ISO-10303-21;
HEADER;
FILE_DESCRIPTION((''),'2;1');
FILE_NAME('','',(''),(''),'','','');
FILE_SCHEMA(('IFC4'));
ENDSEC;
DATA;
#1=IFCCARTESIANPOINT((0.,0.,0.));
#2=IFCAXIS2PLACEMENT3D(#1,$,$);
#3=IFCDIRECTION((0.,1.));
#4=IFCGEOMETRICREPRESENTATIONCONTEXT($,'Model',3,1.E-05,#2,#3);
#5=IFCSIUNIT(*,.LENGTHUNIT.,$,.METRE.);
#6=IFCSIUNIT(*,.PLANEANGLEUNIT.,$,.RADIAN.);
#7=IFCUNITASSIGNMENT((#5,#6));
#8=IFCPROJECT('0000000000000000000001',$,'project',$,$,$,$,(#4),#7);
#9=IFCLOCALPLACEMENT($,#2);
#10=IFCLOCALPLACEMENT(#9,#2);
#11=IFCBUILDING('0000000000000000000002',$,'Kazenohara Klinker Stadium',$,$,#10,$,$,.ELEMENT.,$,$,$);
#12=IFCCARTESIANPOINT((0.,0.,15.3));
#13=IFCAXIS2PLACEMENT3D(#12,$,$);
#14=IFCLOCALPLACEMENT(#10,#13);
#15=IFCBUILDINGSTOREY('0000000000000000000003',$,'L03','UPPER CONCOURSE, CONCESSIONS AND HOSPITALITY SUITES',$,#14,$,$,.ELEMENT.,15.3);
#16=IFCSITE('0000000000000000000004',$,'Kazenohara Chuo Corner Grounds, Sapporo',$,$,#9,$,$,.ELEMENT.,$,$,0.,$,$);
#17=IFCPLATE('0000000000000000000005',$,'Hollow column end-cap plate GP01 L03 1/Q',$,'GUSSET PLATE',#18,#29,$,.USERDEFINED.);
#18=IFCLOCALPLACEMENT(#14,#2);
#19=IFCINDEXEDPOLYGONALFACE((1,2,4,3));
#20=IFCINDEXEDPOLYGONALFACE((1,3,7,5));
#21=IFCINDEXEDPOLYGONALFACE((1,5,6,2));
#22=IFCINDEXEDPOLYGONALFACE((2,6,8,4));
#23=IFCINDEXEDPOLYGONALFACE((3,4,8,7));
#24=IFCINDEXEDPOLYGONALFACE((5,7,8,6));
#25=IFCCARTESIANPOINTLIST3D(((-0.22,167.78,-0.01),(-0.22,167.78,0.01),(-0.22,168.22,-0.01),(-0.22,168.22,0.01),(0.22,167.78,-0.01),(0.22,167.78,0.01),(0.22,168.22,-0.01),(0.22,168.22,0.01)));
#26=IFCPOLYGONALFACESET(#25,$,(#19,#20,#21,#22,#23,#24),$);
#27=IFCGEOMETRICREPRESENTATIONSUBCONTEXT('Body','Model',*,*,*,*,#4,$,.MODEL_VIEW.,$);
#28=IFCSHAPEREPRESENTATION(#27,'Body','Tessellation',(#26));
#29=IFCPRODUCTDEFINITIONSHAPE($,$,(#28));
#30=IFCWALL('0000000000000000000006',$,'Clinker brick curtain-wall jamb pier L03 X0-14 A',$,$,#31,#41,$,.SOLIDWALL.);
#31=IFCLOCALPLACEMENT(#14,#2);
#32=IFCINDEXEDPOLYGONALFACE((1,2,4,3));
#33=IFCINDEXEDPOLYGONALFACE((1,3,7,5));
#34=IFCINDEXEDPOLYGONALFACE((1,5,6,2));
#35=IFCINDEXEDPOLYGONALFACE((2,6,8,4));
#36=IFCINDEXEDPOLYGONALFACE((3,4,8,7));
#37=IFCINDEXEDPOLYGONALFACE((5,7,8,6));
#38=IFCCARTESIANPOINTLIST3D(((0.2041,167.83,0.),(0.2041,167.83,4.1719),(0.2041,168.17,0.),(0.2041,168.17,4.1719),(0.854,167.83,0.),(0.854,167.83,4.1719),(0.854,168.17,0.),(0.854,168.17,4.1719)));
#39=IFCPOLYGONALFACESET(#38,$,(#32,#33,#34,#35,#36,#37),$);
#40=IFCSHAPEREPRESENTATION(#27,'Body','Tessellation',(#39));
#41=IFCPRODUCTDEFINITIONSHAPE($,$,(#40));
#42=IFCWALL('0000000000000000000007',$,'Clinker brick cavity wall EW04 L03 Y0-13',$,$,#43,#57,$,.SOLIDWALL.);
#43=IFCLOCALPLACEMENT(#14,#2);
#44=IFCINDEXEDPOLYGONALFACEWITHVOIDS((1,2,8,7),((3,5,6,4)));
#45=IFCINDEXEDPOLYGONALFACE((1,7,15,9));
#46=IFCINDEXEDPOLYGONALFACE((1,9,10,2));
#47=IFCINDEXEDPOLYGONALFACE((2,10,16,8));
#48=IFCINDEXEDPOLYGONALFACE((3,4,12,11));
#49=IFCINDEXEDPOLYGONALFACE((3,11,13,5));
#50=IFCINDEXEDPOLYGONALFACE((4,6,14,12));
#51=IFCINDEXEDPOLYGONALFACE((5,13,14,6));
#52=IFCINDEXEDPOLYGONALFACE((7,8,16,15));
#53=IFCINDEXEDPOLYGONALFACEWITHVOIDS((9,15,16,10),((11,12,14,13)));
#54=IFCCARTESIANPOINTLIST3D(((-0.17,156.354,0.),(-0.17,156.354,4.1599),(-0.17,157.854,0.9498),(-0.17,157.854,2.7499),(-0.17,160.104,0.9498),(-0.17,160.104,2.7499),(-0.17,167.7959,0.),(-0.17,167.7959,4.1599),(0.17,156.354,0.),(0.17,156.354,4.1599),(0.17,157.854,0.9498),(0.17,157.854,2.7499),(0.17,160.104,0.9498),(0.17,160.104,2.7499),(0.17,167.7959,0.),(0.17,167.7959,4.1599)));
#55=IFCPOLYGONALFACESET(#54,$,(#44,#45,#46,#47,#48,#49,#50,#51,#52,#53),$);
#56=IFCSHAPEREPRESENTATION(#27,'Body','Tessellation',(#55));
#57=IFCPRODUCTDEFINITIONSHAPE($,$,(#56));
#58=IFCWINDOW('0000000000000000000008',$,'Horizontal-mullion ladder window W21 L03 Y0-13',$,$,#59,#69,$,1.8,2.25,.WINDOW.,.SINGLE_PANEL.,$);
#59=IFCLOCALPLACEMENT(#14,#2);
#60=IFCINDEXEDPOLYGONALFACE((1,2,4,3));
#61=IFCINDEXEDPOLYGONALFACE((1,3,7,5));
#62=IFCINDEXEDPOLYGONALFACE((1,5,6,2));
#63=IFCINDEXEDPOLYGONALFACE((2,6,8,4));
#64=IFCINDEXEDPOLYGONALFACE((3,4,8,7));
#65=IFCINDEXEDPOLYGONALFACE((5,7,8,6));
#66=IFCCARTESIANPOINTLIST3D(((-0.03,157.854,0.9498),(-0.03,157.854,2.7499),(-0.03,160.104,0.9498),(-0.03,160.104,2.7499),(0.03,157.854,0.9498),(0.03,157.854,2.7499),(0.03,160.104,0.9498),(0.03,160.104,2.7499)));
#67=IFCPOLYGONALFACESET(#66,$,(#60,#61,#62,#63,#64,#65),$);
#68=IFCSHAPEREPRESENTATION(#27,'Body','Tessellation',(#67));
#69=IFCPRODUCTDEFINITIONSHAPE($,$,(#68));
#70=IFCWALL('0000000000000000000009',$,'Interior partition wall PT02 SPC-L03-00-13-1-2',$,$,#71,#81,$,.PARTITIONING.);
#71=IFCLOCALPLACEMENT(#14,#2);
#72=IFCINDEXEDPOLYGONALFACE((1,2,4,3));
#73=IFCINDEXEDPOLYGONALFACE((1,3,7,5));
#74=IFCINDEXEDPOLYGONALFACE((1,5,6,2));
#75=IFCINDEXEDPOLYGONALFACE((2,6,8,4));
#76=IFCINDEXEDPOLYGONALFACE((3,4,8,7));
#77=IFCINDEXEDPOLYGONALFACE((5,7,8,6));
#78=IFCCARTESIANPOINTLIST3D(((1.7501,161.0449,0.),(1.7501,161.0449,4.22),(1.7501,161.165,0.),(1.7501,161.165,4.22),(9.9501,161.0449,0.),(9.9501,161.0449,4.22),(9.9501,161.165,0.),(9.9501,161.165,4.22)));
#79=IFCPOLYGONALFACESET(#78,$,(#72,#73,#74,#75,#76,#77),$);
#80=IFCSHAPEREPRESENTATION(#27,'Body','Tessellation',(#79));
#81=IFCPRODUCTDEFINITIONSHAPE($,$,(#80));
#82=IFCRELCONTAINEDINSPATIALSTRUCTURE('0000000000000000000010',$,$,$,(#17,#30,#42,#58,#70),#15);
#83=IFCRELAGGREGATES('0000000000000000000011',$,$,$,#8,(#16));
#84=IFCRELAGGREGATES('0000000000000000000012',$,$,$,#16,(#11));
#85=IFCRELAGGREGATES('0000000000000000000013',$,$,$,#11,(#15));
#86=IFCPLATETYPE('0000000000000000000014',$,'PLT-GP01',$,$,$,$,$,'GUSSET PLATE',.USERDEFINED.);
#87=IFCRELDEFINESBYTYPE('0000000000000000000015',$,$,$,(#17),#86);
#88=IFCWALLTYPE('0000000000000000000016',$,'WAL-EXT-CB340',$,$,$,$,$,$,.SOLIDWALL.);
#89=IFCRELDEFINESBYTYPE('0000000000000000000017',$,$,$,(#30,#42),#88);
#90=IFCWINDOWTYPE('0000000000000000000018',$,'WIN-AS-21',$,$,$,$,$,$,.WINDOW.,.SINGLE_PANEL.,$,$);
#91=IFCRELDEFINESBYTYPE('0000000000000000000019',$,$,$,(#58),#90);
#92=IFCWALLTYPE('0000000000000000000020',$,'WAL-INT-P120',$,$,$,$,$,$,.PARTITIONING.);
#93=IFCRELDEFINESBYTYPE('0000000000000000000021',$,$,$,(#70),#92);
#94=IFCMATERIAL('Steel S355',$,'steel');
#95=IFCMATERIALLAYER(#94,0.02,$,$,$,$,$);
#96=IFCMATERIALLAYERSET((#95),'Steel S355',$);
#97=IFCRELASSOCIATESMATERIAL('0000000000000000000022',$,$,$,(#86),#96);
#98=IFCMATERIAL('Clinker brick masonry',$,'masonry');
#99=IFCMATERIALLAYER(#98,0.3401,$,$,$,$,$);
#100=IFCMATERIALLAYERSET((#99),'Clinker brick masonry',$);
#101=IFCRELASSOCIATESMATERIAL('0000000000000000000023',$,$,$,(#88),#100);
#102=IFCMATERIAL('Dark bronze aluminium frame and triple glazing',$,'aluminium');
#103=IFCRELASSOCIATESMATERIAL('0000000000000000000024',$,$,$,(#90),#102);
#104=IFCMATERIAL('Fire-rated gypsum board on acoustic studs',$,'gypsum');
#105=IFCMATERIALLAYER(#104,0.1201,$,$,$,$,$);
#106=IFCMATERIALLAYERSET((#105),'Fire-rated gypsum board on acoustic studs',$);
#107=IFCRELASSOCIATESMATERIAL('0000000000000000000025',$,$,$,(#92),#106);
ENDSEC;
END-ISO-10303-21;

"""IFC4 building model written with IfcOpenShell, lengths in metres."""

from ifc_helpers import new_model, si_unit, direction, frame, frame_2d, origin, origin_2d, place, context, subcontext, project, spatial, rectangle, extrude, material, layer, layer_set, type_object, element, fill, save


model = new_model("IFC4")

# Units and contexts
model_context = context("Model", 3, precision=1e-05, world=origin(), true_north=direction((0.0, 1.0)))
body_context = subcontext(model_context, "Body", "Model", "MODEL_VIEW")
ifc_project = project(units=[si_unit("LENGTHUNIT", "METRE"), si_unit("PLANEANGLEUNIT", "RADIAN")], contexts=[model_context])

# Site, building, storey
site_placement = place(None, origin())
site = spatial("IfcSite", under=ifc_project, at=site_placement, Name="Kazenohara Chuo Corner Grounds, Sapporo", CompositionType="ELEMENT", RefElevation=0.0)
building_placement = place(site_placement, origin())
building = spatial("IfcBuilding", under=site, at=building_placement, Name="Kazenohara Klinker Stadium", CompositionType="ELEMENT")
storey_placement = place(building_placement, frame((0.0, 0.0, 15.3)))
storey = spatial("IfcBuildingStorey", under=building, at=storey_placement, Name="L03", Description="UPPER CONCOURSE, CONCESSIONS AND HOSPITALITY SUITES", CompositionType="ELEMENT", Elevation=15.3)

# Shared definitions
ifc_material_1 = material(Name="Steel S355", Category="steel")

# Plate
ifc_layer_1 = layer(ifc_material_1, 0.02)
ifc_layer_set_1 = layer_set([ifc_layer_1], Name="Steel S355")
plate_type_1 = type_object("IfcPlateType", Name="PLT-GP01", ElementType="GUSSET PLATE", PredefinedType="USERDEFINED", material=ifc_layer_set_1)
plate_1_placement = place(storey_placement, frame((0.0, 168.0, -0.01), z_axis=(0.0, 0.0, 1.0), x_axis=(1.0, 0.0, 0.0)))
element("IfcPlate", 1, at=plate_1_placement, inside=storey, type_object=plate_type_1, Name="Hollow column end-cap plate GP01 L03 1/Q", ObjectType="GUSSET PLATE", PredefinedType="USERDEFINED", context=body_context, shape_type="SweptSolid", body=[
    extrude(rectangle(XDim=0.4399, YDim=0.4399, at=origin_2d()), origin(), (0.0, 0.0, 1.0), 0.02),
])

# Wall
ifc_material_2 = material(Name="Clinker brick masonry", Category="masonry")
ifc_layer_2 = layer(ifc_material_2, 0.3401)
ifc_layer_set_2 = layer_set([ifc_layer_2], Name="Clinker brick masonry")
wall_type_1 = type_object("IfcWallType", Name="WAL-EXT-CB340", PredefinedType="SOLIDWALL", material=ifc_layer_set_2)
wall_1_placement = place(storey_placement, frame((0.2041, 168.0, 0.0), z_axis=(0.0, 0.0, 1.0), x_axis=(1.0, 0.0, 0.0)))
element("IfcWall", 2, at=wall_1_placement, inside=storey, type_object=wall_type_1, Name="Clinker brick curtain-wall jamb pier L03 X0-14 A", PredefinedType="SOLIDWALL", context=body_context, shape_type="SweptSolid", body=[
    extrude(rectangle(XDim=0.6499, YDim=0.3401, at=frame_2d((0.325, 0.0))), origin(), (0.0, 0.0, 1.0), 4.1719),
])

# Wall, opening, window
wall_2_placement = place(storey_placement, frame((0.0, 156.354, 0.0), z_axis=(0.0, 0.0, 1.0), x_axis=(0.0, 1.0, 0.0)))
wall_2 = element("IfcWall", 3, at=wall_2_placement, inside=storey, type_object=wall_type_1, Name="Clinker brick cavity wall EW04 L03 Y0-13", PredefinedType="SOLIDWALL", context=body_context, shape_type="SweptSolid", body=[
    extrude(rectangle(XDim=11.4419, YDim=0.3401, at=frame_2d((5.7209, 0.0))), origin(), (0.0, 0.0, 1.0), 4.1599),
])
opening_placement = place(wall_2_placement, frame((1.5, 0.0, 0.95)))
opening = element("IfcOpeningElement", 4, at=opening_placement, cuts=wall_2, PredefinedType="OPENING", context=body_context, shape_type="SweptSolid", body=[
    extrude(rectangle(XDim=2.25, YDim=1.8, at=frame_2d((1.125, 0.8999))), frame((0.0, 0.1802, 0.0), z_axis=(0.0, -1.0, 0.0), x_axis=(1.0, 0.0, 0.0)), (0.0, 0.0, 1.0), 0.3601),
])
ifc_material_3 = material(Name="Dark bronze aluminium frame and triple glazing", Category="aluminium")
window_type = type_object("IfcWindowType", Name="WIN-AS-21", PartitioningType="SINGLE_PANEL", PredefinedType="WINDOW", material=ifc_material_3)
window_placement = place(opening_placement, origin())
window = element("IfcWindow", 5, at=window_placement, inside=storey, type_object=window_type, Name="Horizontal-mullion ladder window W21 L03 Y0-13", OverallHeight=1.8, OverallWidth=2.25, PartitioningType="SINGLE_PANEL", PredefinedType="WINDOW", context=body_context, shape_type="SweptSolid", body=[
    extrude(rectangle(XDim=2.25, YDim=1.8, at=frame_2d((1.125, 0.8999))), frame((0.0, 0.03, 0.0), z_axis=(0.0, -1.0, 0.0), x_axis=(1.0, 0.0, 0.0)), (0.0, 0.0, 1.0), 0.0601),
])
fill(opening, window)

# Wall
ifc_material_4 = material(Name="Fire-rated gypsum board on acoustic studs", Category="gypsum")
ifc_layer_3 = layer(ifc_material_4, 0.1201)
ifc_layer_set_3 = layer_set([ifc_layer_3], Name="Fire-rated gypsum board on acoustic studs")
wall_type_2 = type_object("IfcWallType", Name="WAL-INT-P120", PredefinedType="PARTITIONING", material=ifc_layer_set_3)
wall_3_placement = place(storey_placement, frame((1.75, 161.105, 0.0), z_axis=(0.0, 0.0, 1.0), x_axis=(1.0, 0.0, 0.0)))
element("IfcWall", 6, at=wall_3_placement, inside=storey, type_object=wall_type_2, Name="Interior partition wall PT02 SPC-L03-00-13-1-2", PredefinedType="PARTITIONING", context=body_context, shape_type="SweptSolid", body=[
    extrude(rectangle(XDim=8.2, YDim=0.1201, at=frame_2d((4.1001, 0.0))), origin(), (0.0, 0.0, 1.0), 4.22),
])

save(model, "model.ifc")
